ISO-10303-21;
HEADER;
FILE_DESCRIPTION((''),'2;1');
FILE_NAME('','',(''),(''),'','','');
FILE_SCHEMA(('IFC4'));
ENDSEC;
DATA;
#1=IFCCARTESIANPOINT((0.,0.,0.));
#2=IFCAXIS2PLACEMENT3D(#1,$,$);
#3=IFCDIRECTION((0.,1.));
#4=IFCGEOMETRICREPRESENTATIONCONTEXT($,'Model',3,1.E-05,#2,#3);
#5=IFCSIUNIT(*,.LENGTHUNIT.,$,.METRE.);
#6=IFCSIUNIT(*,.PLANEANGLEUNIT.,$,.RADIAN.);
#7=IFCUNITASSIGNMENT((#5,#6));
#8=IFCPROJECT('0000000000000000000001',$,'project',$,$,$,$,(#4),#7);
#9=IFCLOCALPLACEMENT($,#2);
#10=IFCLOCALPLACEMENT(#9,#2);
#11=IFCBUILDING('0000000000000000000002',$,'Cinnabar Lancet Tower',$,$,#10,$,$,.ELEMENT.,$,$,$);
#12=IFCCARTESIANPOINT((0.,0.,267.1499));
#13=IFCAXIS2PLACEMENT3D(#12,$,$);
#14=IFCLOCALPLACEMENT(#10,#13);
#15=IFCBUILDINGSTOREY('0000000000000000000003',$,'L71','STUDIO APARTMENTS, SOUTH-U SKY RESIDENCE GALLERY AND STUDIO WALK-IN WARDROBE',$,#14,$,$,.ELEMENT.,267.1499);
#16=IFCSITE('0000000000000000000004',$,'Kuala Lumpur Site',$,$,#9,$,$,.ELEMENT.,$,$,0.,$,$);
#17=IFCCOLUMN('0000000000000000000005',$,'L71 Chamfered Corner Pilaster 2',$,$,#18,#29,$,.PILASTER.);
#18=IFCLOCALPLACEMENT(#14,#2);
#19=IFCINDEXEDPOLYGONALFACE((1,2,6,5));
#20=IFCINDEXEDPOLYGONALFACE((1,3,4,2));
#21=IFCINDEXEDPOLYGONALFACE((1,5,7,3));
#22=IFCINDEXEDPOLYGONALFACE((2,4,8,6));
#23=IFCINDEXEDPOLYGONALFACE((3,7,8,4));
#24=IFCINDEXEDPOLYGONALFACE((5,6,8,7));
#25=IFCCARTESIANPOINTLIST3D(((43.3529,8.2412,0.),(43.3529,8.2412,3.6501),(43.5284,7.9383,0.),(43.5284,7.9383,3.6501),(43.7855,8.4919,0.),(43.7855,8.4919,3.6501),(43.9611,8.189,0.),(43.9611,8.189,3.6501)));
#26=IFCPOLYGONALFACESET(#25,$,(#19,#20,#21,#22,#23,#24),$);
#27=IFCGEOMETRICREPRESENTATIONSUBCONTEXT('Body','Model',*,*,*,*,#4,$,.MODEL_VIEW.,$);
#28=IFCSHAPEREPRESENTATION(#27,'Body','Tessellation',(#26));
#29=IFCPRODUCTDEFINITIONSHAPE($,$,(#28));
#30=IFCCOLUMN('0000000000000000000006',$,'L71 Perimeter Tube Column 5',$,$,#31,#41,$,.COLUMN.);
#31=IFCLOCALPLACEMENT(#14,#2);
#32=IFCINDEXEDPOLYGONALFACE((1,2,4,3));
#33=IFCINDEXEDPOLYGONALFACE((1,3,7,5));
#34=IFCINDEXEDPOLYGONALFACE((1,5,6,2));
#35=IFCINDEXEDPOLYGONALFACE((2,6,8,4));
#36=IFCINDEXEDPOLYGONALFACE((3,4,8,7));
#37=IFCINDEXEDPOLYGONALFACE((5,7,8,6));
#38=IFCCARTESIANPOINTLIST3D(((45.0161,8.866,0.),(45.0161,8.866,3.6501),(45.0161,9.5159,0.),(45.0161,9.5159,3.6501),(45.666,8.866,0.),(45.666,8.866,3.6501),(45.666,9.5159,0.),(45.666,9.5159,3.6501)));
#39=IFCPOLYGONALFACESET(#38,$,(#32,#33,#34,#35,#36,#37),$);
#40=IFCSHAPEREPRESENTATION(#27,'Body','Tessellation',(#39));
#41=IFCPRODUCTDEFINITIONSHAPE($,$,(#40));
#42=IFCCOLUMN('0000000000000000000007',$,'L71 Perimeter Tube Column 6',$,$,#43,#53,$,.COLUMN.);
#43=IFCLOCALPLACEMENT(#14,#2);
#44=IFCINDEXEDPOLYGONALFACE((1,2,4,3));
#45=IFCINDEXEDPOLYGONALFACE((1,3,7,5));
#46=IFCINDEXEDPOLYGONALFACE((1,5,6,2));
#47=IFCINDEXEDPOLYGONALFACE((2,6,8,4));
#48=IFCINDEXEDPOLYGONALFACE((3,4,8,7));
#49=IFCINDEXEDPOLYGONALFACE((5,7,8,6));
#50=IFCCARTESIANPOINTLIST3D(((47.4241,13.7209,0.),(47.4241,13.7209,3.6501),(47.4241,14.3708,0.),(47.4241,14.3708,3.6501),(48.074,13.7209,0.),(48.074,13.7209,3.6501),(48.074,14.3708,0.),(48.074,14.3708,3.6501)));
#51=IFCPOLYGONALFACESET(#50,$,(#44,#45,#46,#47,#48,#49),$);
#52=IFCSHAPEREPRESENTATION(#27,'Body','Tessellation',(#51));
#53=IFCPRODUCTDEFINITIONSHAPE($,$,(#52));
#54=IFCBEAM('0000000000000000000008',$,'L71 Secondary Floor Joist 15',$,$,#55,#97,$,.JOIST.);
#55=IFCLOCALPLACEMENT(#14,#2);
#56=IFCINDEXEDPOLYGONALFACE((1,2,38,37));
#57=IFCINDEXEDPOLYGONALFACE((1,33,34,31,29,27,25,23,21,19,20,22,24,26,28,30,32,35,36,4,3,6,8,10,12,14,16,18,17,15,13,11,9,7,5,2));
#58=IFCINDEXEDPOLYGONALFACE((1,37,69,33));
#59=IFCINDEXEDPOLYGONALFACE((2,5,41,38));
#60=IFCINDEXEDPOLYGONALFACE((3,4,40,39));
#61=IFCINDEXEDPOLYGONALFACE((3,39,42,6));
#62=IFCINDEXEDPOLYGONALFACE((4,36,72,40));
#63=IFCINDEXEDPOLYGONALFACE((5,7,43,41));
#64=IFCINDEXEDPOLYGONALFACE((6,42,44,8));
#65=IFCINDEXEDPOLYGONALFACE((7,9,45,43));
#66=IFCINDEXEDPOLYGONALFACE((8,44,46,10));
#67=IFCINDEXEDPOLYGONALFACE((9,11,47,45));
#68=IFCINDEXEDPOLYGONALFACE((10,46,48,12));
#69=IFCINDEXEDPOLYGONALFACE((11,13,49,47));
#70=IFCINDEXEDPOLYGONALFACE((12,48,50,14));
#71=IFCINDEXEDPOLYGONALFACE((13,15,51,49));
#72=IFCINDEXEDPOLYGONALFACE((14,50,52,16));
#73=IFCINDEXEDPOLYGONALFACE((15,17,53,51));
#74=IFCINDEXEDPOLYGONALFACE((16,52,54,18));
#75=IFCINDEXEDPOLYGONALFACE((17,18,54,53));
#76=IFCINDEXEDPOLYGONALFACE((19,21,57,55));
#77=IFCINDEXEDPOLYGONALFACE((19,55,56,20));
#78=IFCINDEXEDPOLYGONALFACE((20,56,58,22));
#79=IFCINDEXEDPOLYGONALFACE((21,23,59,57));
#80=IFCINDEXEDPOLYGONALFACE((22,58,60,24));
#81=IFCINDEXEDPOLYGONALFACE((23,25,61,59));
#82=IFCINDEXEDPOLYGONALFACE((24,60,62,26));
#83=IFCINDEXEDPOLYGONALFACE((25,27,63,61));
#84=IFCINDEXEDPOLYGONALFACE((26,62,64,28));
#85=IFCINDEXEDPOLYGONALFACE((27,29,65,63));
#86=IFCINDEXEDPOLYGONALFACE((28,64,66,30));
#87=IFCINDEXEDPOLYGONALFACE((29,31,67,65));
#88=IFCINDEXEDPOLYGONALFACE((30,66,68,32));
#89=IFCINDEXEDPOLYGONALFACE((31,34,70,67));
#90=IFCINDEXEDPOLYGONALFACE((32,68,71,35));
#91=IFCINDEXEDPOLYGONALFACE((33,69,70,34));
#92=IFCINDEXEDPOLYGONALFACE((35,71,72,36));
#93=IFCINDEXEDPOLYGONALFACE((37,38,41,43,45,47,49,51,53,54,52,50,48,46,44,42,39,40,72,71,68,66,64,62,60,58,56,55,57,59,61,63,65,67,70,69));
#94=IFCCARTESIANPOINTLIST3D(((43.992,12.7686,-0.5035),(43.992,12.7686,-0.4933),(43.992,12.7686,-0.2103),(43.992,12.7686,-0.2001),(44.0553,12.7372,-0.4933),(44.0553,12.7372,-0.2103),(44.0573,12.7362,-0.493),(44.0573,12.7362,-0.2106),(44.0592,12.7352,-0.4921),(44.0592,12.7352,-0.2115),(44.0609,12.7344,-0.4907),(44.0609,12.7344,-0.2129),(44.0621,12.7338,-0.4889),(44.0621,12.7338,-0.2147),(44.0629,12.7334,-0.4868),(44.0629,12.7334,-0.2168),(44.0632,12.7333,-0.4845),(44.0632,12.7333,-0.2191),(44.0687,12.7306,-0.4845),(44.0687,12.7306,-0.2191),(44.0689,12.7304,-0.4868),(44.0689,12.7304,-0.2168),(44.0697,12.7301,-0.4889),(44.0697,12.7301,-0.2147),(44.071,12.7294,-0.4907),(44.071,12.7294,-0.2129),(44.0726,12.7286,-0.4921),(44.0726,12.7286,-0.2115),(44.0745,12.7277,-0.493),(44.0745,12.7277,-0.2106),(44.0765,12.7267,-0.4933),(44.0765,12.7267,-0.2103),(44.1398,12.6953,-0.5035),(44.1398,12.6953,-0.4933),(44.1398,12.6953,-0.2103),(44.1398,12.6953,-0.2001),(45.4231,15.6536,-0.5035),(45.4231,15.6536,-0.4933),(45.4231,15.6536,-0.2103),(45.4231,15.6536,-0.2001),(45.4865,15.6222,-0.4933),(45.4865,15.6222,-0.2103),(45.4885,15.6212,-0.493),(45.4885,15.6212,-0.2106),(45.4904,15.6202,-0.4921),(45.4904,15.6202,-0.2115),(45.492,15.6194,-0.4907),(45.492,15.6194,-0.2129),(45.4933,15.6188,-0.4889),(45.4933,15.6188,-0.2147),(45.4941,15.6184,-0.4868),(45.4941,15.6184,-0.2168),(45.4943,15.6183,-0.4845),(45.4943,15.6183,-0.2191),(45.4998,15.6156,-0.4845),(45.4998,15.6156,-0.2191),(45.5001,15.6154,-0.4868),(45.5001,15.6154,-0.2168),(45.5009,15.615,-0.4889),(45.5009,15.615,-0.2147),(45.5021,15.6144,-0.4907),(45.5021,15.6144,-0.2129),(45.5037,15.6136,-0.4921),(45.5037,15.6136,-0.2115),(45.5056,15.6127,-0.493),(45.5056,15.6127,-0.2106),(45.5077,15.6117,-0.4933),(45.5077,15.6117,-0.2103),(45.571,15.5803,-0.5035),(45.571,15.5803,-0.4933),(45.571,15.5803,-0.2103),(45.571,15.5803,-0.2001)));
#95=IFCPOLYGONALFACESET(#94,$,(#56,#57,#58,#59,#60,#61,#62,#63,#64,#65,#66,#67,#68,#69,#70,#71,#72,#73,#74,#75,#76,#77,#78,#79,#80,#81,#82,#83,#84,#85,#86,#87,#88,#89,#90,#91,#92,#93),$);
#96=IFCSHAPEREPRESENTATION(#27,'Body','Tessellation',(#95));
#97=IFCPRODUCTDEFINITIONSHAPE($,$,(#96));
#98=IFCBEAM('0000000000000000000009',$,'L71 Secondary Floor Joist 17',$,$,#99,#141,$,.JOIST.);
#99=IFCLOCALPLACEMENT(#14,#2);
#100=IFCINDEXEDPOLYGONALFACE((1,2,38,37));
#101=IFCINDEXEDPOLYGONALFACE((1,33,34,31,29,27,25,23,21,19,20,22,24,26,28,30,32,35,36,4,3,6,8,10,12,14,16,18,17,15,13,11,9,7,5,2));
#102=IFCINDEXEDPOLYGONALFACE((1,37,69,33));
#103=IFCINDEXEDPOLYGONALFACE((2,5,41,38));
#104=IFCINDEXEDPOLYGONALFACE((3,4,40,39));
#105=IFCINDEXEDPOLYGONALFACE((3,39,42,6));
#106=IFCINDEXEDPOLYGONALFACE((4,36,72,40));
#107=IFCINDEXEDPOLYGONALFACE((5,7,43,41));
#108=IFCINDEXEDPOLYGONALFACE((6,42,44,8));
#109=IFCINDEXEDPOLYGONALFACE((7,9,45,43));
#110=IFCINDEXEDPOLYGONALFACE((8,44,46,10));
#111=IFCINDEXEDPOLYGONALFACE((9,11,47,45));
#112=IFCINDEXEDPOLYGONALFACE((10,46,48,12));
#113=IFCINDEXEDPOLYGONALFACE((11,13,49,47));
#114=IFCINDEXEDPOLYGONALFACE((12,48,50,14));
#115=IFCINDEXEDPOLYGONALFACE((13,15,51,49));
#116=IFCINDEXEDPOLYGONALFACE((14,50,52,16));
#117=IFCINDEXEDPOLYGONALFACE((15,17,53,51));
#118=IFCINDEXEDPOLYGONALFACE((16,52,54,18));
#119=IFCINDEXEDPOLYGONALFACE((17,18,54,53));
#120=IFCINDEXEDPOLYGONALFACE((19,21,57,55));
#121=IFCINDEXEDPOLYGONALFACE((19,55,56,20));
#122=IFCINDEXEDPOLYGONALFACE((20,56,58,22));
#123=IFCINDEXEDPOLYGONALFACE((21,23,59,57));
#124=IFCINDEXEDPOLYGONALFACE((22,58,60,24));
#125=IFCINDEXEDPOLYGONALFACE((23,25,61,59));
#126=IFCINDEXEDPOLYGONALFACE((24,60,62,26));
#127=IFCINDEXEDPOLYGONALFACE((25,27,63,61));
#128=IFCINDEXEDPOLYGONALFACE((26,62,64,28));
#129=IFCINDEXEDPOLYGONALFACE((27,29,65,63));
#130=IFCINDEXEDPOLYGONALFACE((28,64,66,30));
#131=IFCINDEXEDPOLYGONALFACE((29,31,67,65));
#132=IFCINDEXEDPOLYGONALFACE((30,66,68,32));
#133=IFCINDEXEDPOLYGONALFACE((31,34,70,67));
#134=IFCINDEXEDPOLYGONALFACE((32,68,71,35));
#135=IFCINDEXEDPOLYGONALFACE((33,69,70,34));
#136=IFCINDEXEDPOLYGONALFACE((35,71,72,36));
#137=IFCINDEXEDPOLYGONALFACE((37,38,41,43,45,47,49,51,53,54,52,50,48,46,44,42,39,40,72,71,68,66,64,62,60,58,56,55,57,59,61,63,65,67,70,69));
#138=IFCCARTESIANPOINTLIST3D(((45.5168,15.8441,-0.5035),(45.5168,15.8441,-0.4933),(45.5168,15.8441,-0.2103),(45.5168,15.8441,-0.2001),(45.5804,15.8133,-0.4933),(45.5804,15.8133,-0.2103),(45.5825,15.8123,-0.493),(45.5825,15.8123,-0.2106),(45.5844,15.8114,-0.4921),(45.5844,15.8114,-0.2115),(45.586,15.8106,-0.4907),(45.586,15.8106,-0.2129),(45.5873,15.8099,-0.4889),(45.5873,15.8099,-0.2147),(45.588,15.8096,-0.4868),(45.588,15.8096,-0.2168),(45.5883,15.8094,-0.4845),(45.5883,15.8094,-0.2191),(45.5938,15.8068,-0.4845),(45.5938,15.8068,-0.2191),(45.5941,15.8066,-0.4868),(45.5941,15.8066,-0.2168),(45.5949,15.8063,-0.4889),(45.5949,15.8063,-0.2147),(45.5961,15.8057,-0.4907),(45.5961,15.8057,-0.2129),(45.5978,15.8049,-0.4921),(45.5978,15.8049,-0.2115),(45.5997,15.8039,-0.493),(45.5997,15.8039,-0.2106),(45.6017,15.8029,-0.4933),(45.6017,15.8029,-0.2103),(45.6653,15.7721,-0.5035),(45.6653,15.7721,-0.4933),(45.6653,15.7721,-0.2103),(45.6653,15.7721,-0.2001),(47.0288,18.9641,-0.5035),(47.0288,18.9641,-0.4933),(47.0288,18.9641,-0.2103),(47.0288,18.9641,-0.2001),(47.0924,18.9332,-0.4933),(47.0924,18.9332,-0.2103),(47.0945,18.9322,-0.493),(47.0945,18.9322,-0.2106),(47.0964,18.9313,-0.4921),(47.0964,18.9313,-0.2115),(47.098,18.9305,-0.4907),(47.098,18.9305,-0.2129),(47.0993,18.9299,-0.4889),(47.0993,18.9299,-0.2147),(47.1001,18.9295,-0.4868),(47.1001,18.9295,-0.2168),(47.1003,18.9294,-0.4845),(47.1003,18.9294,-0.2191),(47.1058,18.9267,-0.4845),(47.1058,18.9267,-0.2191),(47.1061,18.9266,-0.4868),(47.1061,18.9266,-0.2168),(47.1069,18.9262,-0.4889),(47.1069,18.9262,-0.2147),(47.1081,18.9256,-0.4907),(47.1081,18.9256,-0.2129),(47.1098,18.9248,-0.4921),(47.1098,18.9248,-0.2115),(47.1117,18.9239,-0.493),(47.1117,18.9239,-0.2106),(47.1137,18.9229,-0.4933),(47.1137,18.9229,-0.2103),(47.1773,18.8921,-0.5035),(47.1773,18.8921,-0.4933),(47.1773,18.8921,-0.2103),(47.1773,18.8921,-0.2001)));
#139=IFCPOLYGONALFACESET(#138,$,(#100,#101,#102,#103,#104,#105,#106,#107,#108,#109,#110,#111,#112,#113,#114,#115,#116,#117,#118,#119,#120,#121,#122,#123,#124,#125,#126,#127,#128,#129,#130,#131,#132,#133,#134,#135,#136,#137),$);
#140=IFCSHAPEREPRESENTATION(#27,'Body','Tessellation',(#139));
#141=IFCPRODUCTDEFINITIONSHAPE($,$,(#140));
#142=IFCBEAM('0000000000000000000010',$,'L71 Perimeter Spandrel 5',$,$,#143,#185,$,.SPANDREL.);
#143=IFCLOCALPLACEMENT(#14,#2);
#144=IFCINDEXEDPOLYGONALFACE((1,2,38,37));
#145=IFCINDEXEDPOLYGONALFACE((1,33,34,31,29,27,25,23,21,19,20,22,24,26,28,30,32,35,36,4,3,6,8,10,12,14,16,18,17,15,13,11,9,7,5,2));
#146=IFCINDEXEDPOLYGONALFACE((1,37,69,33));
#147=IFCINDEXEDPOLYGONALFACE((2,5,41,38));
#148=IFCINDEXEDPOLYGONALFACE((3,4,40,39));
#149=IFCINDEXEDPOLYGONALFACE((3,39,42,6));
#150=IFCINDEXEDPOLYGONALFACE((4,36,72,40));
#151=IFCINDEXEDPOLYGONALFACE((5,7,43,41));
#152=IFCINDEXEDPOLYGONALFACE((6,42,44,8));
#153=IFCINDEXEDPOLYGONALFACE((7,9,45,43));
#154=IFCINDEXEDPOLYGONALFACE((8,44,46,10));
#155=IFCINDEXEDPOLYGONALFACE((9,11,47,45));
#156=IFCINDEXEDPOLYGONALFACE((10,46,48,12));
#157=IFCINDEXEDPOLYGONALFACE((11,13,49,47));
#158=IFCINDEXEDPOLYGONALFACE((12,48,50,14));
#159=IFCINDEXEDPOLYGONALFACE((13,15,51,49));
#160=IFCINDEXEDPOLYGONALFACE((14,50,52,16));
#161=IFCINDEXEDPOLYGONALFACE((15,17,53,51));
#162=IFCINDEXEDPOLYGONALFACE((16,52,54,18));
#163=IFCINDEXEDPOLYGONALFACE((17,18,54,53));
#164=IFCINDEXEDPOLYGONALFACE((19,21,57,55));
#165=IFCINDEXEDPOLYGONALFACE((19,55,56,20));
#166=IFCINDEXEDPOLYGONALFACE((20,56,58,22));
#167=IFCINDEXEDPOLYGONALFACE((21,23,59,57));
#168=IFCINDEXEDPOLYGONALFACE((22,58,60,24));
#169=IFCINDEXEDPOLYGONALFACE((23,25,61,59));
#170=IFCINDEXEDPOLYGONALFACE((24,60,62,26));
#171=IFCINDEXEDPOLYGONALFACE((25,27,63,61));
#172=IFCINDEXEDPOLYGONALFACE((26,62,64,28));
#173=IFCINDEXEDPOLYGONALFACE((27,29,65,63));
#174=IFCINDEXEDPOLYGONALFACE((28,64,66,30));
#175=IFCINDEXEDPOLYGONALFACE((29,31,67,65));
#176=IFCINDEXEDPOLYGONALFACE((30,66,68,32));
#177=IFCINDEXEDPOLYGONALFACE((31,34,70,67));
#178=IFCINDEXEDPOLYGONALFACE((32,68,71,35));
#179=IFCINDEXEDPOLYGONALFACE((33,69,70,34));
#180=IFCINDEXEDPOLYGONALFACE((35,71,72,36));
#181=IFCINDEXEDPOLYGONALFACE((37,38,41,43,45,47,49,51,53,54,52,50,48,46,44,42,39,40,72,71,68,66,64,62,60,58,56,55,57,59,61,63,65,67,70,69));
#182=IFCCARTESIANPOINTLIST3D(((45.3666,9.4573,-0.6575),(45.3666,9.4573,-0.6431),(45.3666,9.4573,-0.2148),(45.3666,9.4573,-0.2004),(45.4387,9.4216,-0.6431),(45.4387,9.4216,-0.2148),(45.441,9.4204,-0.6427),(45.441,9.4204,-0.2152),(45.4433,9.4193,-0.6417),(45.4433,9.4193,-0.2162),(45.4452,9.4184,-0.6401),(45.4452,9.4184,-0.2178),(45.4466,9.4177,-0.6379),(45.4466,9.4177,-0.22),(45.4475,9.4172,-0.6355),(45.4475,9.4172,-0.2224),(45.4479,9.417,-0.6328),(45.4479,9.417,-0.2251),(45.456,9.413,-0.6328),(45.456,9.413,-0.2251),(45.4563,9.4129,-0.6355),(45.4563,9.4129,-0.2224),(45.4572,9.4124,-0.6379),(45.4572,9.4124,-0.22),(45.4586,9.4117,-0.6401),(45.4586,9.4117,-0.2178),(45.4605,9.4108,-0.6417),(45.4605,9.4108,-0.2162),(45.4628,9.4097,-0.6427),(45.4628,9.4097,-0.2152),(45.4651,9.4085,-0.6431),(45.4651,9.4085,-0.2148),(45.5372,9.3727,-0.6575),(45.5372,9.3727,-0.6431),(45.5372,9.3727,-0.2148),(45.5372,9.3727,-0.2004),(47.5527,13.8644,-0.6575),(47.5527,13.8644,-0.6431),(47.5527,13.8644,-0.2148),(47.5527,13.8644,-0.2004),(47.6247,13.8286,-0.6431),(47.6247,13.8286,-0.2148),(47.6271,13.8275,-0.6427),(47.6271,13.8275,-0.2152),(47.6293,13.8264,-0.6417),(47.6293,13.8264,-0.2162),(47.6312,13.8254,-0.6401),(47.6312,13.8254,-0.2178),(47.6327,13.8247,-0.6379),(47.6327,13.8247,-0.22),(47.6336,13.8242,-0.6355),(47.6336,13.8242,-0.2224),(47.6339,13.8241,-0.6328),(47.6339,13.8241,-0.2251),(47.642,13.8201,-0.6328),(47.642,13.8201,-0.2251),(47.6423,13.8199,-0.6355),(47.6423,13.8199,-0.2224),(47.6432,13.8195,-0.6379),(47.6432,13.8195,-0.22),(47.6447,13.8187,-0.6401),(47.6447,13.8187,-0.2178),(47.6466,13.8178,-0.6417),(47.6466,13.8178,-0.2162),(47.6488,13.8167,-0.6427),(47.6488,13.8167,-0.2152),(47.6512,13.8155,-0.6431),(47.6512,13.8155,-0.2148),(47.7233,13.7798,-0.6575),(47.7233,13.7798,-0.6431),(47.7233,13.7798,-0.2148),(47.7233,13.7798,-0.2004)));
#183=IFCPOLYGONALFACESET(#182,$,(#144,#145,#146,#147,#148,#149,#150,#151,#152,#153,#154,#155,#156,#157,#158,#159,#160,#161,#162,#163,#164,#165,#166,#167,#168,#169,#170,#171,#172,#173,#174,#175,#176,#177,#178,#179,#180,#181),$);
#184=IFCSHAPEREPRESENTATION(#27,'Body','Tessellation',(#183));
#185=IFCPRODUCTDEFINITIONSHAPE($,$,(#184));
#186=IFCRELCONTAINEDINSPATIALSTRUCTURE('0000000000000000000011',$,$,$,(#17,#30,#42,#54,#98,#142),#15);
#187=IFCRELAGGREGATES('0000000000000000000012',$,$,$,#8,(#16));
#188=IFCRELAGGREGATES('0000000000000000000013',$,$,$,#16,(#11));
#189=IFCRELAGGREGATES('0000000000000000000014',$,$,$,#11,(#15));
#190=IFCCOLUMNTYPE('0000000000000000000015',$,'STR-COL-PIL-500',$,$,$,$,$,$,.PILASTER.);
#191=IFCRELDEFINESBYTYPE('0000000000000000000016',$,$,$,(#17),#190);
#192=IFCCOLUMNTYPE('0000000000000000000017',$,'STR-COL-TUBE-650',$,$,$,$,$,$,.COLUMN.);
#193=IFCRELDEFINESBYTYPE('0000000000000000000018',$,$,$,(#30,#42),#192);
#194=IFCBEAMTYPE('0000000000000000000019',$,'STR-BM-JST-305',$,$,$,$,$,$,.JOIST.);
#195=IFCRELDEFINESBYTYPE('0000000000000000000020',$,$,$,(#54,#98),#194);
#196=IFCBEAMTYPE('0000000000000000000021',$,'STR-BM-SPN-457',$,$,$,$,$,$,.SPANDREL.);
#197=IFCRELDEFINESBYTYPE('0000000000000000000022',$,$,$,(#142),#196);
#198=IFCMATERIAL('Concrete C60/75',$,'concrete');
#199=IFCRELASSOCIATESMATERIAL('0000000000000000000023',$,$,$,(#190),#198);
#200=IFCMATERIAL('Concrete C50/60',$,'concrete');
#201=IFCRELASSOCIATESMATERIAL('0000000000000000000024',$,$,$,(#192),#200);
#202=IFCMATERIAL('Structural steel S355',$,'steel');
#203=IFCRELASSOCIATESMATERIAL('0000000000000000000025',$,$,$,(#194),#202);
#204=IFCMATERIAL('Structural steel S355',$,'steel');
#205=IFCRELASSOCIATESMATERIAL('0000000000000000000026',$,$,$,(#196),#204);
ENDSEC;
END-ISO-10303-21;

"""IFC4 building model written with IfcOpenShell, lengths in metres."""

from ifc_helpers import new_model, si_unit, direction, frame, origin, origin_2d, place, context, subcontext, project, spatial, rectangle, i_section, extrude, material, material_profile, profile_set, type_object, element, save


model = new_model("IFC4")

# Units and contexts
model_context = context("Model", 3, precision=1e-05, world=origin(), true_north=direction((0.0, 1.0)))
body_context = subcontext(model_context, "Body", "Model", "MODEL_VIEW")
ifc_project = project(units=[si_unit("LENGTHUNIT", "METRE"), si_unit("PLANEANGLEUNIT", "RADIAN")], contexts=[model_context])

# Site, building, storey
site_placement = place(None, origin())
site = spatial("IfcSite", under=ifc_project, at=site_placement, Name="Kuala Lumpur Site", CompositionType="ELEMENT", RefElevation=0.0)
building_placement = place(site_placement, origin())
building = spatial("IfcBuilding", under=site, at=building_placement, Name="Cinnabar Lancet Tower", CompositionType="ELEMENT")
storey_placement = place(building_placement, frame((0.0, 0.0, 267.1499)))
storey = spatial("IfcBuildingStorey", under=building, at=storey_placement, Name="L71", Description="STUDIO APARTMENTS, SOUTH-U SKY RESIDENCE GALLERY AND STUDIO WALK-IN WARDROBE", CompositionType="ELEMENT", Elevation=267.1499)

# Columns
ifc_material_1 = material(Name="Concrete C60/75", Category="concrete")
ifc_material_profile_1 = material_profile(ifc_material_1, rectangle(XDim=0.5, YDim=0.3501, at=origin_2d()), Name="RC-PIL 500x350")
ifc_profile_set_1 = profile_set([ifc_material_profile_1], Name="Concrete C60/75")
column_type_1 = type_object("IfcColumnType", Name="STR-COL-PIL-500", PredefinedType="PILASTER", material=ifc_profile_set_1)
column_placement = place(storey_placement, frame((43.657, 8.2151, 0.0), z_axis=(0.0, 0.0, 1.0), x_axis=(0.865256, 0.50133, 0.0)))
element("IfcColumn", 1, at=column_placement, inside=storey, type_object=column_type_1, Name="L71 Chamfered Corner Pilaster 2", PredefinedType="PILASTER", context=body_context, shape_type="SweptSolid", body=[
    extrude(rectangle(XDim=0.5, YDim=0.3501, at=origin_2d()), origin(), (0.0, 0.0, 1.0), 3.6501),
])
ifc_material_2 = material(Name="Concrete C50/60", Category="concrete")
ifc_material_profile_2 = material_profile(ifc_material_2, rectangle(XDim=0.6499, YDim=0.6499, at=origin_2d()), Name="RC-COL 650x650")
ifc_profile_set_2 = profile_set([ifc_material_profile_2], Name="Concrete C50/60")
column_type_2 = type_object("IfcColumnType", Name="STR-COL-TUBE-650", PredefinedType="COLUMN", material=ifc_profile_set_2)
for number, where, z_axis, x_axis, name in (
    (2, (45.3411, 9.1909, 0.0), (0.0, 0.0, 1.0), (1.0, 0.0, 0.0), "L71 Perimeter Tube Column 5"),
    (3, (47.749, 14.0459, 0.0), (0.0, 0.0, 1.0), (1.0, 0.0, 0.0), "L71 Perimeter Tube Column 6"),
):
    element("IfcColumn", number, at=place(storey_placement, frame(where, z_axis=z_axis, x_axis=x_axis)), inside=storey, type_object=column_type_2, Name=name, PredefinedType="COLUMN", context=body_context, shape_type="SweptSolid", body=[
        extrude(rectangle(XDim=0.6499, YDim=0.6499, at=origin_2d()), origin(), (0.0, 0.0, 1.0), 3.6501),
    ])

# Beams
ifc_material_3 = material(Name="Structural steel S355", Category="steel")
ifc_material_profile_3 = material_profile(ifc_material_3, i_section(OverallWidth=0.165, OverallDepth=0.3035, WebThickness=0.0061, FlangeThickness=0.0103, FilletRadius=0.0088, at=origin_2d()), Name="UKB 305x165x40")
ifc_profile_set_3 = profile_set([ifc_material_profile_3], Name="Structural steel S355")
beam_type_1 = type_object("IfcBeamType", Name="STR-BM-JST-305", PredefinedType="JOIST", material=ifc_profile_set_3)
beam_1_placement = place(storey_placement, frame((44.0659, 12.7319, -0.3518), z_axis=(0.444391, 0.895833, 0.0), x_axis=(-0.895833, 0.444391, 0.0)))
element("IfcBeam", 4, at=beam_1_placement, inside=storey, type_object=beam_type_1, Name="L71 Secondary Floor Joist 15", PredefinedType="JOIST", context=body_context, shape_type="SweptSolid", body=[
    extrude(i_section(OverallWidth=0.165, OverallDepth=0.3035, WebThickness=0.0061, FlangeThickness=0.0103, FilletRadius=0.0088, at=origin_2d()), origin(), (0.0, 0.0, 1.0), 3.2205),
])
beam_2_placement = place(storey_placement, frame((45.5911, 15.8081, -0.3518), z_axis=(0.436109, 0.899894, 0.0), x_axis=(-0.899894, 0.436109, 0.0)))
element("IfcBeam", 5, at=beam_2_placement, inside=storey, type_object=beam_type_1, Name="L71 Secondary Floor Joist 17", PredefinedType="JOIST", context=body_context, shape_type="SweptSolid", body=[
    extrude(i_section(OverallWidth=0.165, OverallDepth=0.3035, WebThickness=0.0061, FlangeThickness=0.0103, FilletRadius=0.0088, at=origin_2d()), origin(), (0.0, 0.0, 1.0), 3.467),
])
ifc_material_4 = material(Name="Structural steel S355", Category="steel")
ifc_material_profile_4 = material_profile(ifc_material_4, i_section(OverallWidth=0.1904, OverallDepth=0.457, WebThickness=0.009, FlangeThickness=0.0144, FilletRadius=0.0103, at=origin_2d()), Name="UKB 457x191x74")
ifc_profile_set_4 = profile_set([ifc_material_profile_4], Name="Structural steel S355")
beam_type_2 = type_object("IfcBeamType", Name="STR-BM-SPN-457", PredefinedType="SPANDREL", material=ifc_profile_set_4)
beam_3_placement = place(storey_placement, frame((45.4519, 9.415, -0.429), z_axis=(0.444373, 0.895842, 0.0), x_axis=(-0.895842, 0.444373, 0.0)))
element("IfcBeam", 6, at=beam_3_placement, inside=storey, type_object=beam_type_2, Name="L71 Perimeter Spandrel 5", PredefinedType="SPANDREL", context=body_context, shape_type="SweptSolid", body=[
    extrude(i_section(OverallWidth=0.1904, OverallDepth=0.457, WebThickness=0.009, FlangeThickness=0.0144, FilletRadius=0.0103, at=origin_2d()), origin(), (0.0, 0.0, 1.0), 4.9194),
])

save(model, "model.ifc")
